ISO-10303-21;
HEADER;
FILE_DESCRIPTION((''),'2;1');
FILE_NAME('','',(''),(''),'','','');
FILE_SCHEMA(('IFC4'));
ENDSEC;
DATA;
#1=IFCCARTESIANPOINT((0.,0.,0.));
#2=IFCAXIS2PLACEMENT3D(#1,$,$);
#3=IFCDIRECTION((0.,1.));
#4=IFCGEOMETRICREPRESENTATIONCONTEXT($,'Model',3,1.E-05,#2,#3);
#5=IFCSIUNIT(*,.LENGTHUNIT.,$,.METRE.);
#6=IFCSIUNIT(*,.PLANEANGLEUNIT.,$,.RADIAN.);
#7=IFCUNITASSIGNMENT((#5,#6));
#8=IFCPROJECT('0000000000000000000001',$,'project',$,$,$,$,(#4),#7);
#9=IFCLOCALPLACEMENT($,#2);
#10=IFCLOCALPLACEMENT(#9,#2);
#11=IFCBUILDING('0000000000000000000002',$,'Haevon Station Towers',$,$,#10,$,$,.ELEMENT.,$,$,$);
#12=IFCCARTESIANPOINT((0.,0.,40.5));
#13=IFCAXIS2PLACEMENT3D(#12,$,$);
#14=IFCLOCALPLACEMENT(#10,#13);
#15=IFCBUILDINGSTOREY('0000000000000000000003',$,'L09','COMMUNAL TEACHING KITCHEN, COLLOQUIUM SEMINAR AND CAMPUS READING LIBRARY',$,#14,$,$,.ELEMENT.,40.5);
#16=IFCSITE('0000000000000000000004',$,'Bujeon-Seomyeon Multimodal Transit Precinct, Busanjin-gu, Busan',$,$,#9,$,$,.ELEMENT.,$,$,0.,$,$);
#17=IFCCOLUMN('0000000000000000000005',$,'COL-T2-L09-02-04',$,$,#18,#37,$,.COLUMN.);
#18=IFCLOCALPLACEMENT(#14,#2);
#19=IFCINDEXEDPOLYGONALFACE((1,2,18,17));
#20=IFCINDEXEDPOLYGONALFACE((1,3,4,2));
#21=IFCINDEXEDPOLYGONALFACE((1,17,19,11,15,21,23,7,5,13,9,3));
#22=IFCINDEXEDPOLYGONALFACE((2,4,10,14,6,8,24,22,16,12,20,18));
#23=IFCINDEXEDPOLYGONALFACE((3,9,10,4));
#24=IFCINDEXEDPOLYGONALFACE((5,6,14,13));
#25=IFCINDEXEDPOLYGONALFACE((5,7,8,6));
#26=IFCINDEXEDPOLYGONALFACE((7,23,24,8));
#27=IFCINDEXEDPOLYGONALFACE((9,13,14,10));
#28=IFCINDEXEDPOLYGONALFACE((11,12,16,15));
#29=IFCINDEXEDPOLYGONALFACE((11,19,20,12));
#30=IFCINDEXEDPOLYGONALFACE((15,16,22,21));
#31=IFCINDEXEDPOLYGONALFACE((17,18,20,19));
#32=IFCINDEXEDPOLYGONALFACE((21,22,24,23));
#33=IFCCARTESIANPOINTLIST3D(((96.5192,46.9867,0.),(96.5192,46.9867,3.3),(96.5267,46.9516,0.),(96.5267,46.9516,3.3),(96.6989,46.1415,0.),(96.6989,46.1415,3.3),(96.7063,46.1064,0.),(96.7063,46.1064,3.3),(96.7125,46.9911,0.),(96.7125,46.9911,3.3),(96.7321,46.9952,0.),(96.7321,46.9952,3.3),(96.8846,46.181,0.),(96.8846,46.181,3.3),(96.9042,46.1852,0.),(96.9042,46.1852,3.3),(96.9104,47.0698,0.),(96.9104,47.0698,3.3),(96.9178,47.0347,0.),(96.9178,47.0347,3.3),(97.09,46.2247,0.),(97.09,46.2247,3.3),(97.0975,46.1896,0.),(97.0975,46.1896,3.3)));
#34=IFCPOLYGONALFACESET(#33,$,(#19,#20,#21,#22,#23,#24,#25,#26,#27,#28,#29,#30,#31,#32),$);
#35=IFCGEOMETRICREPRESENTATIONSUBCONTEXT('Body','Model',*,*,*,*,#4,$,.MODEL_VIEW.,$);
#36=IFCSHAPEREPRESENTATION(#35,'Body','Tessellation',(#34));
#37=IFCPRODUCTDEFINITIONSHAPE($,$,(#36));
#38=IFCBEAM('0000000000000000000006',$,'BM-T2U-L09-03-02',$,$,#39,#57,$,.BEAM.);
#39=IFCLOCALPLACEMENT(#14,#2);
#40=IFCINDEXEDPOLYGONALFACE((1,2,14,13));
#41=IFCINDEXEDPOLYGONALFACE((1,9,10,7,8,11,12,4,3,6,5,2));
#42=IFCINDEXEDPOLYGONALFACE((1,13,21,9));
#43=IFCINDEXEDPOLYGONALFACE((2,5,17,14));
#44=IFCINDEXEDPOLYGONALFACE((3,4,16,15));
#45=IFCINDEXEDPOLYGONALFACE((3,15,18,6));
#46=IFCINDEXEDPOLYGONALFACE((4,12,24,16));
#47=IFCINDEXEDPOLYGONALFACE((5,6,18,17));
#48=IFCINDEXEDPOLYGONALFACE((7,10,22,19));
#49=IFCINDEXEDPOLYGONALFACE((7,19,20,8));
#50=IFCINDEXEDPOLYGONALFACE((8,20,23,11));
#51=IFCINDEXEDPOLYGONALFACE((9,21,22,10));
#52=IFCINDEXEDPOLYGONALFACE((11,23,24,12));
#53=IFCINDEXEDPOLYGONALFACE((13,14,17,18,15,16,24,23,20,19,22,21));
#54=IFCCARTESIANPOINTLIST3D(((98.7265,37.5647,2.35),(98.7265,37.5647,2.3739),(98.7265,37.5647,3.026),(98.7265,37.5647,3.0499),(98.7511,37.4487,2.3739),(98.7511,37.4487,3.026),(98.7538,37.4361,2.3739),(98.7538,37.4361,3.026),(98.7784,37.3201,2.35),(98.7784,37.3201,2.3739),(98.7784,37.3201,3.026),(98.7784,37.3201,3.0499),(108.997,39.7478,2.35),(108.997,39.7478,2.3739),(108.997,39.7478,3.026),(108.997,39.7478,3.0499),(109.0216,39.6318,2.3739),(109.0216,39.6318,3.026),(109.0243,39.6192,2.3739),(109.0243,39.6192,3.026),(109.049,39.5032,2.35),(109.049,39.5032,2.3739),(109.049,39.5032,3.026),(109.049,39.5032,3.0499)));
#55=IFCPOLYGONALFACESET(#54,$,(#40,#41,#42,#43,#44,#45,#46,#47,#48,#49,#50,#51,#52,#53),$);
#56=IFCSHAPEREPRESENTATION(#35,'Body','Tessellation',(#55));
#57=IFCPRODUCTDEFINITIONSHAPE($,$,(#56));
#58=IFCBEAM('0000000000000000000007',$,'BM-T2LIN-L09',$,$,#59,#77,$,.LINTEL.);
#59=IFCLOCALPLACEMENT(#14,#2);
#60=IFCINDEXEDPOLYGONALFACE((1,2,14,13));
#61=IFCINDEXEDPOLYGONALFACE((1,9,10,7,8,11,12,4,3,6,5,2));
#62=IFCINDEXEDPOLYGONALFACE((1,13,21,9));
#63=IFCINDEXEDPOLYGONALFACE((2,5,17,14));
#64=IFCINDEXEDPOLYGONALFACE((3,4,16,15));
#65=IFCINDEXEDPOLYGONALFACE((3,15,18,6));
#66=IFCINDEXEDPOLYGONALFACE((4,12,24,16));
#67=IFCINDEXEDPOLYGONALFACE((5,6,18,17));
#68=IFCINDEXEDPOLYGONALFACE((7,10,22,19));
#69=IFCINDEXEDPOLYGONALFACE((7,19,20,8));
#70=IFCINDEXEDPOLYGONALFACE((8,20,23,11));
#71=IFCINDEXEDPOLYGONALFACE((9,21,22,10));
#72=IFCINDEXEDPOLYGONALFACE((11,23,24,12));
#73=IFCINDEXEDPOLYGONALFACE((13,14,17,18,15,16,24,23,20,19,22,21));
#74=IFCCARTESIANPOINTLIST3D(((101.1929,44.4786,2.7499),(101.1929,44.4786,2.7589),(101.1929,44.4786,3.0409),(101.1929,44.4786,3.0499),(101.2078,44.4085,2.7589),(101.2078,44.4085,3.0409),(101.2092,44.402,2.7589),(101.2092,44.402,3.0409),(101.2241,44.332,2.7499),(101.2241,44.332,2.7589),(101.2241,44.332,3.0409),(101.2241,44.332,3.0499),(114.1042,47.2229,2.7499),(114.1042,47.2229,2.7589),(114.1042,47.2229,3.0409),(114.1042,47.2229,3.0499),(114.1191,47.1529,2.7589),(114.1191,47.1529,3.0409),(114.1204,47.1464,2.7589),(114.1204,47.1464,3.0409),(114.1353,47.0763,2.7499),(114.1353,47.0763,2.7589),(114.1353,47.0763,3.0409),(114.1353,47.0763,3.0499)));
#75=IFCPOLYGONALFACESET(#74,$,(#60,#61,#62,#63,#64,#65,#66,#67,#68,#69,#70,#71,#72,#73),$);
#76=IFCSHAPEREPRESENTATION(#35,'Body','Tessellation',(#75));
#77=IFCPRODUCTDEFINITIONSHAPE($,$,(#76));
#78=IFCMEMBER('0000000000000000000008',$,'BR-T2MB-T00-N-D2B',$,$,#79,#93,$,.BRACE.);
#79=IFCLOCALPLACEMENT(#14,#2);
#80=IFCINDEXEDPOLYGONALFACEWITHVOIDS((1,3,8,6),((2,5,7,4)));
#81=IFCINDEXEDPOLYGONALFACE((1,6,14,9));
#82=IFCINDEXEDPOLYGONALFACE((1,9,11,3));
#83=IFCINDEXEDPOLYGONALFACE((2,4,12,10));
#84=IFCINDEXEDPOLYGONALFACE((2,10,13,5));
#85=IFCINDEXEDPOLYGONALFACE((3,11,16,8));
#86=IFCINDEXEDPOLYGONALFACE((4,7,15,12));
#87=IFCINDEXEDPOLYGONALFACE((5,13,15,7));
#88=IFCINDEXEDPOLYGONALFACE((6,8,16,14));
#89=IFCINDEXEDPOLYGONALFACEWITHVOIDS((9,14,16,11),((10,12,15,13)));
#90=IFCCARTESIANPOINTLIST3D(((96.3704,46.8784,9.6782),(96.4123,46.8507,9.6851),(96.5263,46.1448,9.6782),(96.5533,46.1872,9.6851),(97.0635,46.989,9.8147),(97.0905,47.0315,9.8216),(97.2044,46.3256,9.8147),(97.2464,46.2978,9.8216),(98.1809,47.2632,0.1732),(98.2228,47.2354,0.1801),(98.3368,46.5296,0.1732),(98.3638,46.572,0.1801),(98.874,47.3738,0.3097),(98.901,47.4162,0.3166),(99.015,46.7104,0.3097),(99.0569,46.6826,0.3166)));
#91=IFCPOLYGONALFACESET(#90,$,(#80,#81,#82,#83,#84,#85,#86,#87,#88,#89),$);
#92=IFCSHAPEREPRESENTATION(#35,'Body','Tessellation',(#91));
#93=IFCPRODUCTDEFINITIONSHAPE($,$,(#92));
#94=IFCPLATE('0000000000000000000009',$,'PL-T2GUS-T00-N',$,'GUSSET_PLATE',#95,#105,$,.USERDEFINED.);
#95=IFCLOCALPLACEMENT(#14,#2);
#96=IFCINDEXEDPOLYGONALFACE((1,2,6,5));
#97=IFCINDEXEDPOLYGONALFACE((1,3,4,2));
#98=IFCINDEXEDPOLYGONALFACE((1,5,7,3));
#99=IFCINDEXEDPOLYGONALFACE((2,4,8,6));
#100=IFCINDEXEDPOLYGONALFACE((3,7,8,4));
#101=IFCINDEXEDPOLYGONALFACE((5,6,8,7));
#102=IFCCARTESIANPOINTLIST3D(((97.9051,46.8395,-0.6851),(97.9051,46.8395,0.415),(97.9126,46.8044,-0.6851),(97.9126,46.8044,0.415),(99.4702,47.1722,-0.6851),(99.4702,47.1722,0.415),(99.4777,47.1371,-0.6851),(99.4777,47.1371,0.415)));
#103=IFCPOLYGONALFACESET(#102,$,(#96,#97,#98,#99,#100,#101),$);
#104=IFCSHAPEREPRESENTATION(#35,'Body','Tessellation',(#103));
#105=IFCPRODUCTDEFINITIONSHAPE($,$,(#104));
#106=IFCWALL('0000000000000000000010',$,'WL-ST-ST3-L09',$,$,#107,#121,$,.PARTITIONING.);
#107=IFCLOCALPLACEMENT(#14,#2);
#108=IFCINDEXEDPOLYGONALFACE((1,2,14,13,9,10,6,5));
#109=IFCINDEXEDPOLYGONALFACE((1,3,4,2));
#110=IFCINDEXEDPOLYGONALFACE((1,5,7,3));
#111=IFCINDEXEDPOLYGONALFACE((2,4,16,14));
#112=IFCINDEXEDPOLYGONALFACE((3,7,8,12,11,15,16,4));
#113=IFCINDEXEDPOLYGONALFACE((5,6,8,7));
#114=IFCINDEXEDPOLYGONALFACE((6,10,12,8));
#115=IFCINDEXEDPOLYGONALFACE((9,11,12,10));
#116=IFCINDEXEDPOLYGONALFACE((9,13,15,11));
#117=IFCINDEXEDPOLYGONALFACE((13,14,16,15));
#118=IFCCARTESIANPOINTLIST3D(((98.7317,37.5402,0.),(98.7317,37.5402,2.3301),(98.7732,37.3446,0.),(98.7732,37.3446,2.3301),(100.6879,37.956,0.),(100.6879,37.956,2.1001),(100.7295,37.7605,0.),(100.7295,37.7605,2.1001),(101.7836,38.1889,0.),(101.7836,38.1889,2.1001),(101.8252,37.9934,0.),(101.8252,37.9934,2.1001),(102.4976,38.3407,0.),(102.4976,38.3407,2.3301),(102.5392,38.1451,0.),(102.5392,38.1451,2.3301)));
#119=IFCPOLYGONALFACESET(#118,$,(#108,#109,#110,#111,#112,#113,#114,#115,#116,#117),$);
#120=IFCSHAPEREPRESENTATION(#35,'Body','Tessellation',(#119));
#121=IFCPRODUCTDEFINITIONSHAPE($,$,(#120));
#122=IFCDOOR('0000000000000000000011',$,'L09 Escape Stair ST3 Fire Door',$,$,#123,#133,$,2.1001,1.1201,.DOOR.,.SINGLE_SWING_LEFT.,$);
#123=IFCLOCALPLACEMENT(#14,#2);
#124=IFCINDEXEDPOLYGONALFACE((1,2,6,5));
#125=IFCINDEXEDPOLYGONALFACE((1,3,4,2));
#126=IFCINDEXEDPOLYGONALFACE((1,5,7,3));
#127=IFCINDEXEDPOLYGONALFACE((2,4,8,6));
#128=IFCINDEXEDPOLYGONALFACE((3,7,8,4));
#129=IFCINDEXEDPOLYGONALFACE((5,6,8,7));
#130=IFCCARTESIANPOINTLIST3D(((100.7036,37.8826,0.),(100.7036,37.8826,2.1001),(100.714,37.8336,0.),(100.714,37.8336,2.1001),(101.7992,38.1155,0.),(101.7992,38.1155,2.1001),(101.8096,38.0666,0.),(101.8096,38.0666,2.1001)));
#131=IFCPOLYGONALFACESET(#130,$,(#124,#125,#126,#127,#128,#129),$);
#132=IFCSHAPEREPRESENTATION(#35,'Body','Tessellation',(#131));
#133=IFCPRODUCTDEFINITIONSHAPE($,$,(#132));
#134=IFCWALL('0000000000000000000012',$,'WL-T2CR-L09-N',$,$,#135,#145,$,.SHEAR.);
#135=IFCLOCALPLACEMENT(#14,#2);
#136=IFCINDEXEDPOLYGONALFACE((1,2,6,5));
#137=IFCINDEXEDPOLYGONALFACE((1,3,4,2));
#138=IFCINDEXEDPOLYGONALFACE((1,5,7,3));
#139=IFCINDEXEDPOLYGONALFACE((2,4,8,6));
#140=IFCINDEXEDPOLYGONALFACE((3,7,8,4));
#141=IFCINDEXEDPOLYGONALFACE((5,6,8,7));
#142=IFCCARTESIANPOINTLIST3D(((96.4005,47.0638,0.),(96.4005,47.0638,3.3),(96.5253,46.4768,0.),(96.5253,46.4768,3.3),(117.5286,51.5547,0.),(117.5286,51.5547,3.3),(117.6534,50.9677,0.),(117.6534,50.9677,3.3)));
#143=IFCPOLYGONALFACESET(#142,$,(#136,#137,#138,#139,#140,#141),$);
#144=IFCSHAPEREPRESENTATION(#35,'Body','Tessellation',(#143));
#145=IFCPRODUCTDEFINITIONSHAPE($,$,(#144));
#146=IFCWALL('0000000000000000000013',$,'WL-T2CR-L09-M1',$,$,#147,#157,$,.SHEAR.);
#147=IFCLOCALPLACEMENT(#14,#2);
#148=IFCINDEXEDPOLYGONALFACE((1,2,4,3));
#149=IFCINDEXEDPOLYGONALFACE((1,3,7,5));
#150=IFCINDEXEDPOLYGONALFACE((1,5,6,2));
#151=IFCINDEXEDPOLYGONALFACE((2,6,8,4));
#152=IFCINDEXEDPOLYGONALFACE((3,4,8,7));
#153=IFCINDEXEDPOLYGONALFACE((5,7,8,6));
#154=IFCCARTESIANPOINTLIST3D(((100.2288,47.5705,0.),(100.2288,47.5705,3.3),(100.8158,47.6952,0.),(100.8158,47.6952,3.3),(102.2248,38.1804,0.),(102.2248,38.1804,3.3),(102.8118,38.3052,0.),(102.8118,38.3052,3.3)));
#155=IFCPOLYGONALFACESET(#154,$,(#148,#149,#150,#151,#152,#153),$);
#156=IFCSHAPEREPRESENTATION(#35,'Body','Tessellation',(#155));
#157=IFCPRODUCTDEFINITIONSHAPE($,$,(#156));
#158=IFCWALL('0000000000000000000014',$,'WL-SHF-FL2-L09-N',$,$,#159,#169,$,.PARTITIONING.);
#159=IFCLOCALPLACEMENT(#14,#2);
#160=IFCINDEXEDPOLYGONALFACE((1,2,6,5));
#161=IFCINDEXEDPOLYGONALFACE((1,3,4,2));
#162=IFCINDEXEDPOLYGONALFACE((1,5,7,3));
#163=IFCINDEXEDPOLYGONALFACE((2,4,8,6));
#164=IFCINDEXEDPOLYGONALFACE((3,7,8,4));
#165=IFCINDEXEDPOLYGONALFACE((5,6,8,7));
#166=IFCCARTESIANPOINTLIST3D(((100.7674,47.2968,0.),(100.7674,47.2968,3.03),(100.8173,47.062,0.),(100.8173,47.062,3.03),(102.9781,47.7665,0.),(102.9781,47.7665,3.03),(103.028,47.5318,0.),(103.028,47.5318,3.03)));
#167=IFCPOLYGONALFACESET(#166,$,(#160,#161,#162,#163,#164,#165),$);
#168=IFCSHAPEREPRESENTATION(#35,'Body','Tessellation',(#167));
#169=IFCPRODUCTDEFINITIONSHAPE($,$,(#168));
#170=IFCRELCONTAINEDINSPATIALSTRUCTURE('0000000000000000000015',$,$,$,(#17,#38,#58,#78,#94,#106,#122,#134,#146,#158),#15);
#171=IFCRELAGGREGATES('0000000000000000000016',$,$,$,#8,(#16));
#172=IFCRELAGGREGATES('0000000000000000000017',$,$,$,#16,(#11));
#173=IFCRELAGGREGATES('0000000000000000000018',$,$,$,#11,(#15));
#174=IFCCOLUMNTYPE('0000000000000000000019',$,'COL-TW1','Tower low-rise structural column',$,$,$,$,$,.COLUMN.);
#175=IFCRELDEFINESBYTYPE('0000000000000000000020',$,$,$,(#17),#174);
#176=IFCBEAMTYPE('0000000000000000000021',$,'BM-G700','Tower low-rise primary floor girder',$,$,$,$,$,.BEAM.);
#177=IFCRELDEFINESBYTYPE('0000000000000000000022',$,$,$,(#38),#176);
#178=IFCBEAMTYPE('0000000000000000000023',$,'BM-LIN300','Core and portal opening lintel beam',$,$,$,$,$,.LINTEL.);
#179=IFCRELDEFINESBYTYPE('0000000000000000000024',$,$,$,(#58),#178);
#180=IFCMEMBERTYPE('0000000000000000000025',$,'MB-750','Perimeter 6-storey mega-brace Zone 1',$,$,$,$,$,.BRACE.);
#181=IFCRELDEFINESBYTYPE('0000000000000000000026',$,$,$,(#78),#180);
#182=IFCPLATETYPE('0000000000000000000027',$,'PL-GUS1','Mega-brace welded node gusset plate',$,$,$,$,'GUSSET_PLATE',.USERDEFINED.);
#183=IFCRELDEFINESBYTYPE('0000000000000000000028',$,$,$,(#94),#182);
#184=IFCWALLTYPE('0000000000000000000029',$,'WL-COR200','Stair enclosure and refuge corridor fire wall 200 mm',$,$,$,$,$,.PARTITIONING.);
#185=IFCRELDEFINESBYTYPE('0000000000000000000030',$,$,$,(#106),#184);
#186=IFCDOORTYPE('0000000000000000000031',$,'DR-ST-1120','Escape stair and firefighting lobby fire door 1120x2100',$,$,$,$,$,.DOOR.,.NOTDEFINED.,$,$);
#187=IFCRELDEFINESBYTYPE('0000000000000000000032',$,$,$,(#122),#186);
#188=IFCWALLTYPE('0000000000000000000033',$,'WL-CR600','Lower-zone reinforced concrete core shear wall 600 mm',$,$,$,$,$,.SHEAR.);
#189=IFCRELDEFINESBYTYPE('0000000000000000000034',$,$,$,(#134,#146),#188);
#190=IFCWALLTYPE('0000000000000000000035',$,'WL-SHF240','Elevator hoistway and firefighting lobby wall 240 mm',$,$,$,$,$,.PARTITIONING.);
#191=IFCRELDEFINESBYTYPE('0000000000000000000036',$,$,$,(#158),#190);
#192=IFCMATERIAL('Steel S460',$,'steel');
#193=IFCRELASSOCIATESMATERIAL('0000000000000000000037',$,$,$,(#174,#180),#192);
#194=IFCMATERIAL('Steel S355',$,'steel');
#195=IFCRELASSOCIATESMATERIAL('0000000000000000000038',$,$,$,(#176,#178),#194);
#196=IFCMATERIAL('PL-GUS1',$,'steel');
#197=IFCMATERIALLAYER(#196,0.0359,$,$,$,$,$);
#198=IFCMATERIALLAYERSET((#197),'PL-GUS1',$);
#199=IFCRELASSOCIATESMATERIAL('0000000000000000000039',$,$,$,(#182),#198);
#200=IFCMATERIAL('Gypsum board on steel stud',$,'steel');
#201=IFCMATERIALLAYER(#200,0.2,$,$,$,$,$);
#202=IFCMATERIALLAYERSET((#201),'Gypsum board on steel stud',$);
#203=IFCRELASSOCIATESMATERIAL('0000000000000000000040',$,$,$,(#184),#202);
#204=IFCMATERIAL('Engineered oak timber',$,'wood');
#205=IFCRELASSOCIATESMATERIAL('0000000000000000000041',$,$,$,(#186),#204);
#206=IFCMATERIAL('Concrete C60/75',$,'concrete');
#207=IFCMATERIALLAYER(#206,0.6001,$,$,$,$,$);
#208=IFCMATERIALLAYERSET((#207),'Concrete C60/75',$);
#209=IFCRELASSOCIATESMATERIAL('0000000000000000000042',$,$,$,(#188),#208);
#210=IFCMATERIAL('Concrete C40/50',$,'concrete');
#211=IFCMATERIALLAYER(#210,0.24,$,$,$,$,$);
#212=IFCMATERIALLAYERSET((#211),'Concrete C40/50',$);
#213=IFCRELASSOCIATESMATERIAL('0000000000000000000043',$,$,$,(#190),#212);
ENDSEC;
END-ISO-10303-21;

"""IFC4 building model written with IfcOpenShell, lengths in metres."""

from ifc_helpers import new_model, si_unit, direction, frame, frame_2d, origin, origin_2d, place, context, subcontext, project, spatial, rectangle, hollow_rectangle, i_section, extrude, material, layer, layer_set, material_profile, profile_set, type_object, element, fill, save


model = new_model("IFC4")

# Units and contexts
model_context = context("Model", 3, precision=1e-05, world=origin(), true_north=direction((0.0, 1.0)))
body_context = subcontext(model_context, "Body", "Model", "MODEL_VIEW")
ifc_project = project(units=[si_unit("LENGTHUNIT", "METRE"), si_unit("PLANEANGLEUNIT", "RADIAN")], contexts=[model_context])

# Site, building, storey
site_placement = place(None, origin())
site = spatial("IfcSite", under=ifc_project, at=site_placement, Name="Bujeon-Seomyeon Multimodal Transit Precinct, Busanjin-gu, Busan", CompositionType="ELEMENT", RefElevation=0.0)
building_placement = place(site_placement, origin())
building = spatial("IfcBuilding", under=site, at=building_placement, Name="Haevon Station Towers", CompositionType="ELEMENT")
storey_placement = place(building_placement, frame((0.0, 0.0, 40.5)))
storey = spatial("IfcBuildingStorey", under=building, at=storey_placement, Name="L09", Description="COMMUNAL TEACHING KITCHEN, COLLOQUIUM SEMINAR AND CAMPUS READING LIBRARY", CompositionType="ELEMENT", Elevation=40.5)

# Column
ifc_material_1 = material(Name="Steel S460", Category="steel")
ifc_material_profile_1 = material_profile(ifc_material_1, i_section(OverallWidth=0.3999, OverallDepth=0.8999, WebThickness=0.02, FlangeThickness=0.0359, at=origin_2d()), Name="H-900x400x20x36")
ifc_profile_set_1 = profile_set([ifc_material_profile_1], Name="Steel S460")
column_type = type_object("IfcColumnType", Name="COL-TW1", Description="Tower low-rise structural column", PredefinedType="COLUMN", material=ifc_profile_set_1)
column_placement = place(storey_placement, frame((96.8083, 46.5881, 0.0), z_axis=(0.0, 0.0, 1.0), x_axis=(0.978148, 0.207912, 0.0)))
element("IfcColumn", 1, at=column_placement, inside=storey, type_object=column_type, Name="COL-T2-L09-02-04", PredefinedType="COLUMN", context=body_context, shape_type="SweptSolid", body=[
    extrude(i_section(OverallWidth=0.3999, OverallDepth=0.8999, WebThickness=0.02, FlangeThickness=0.0359, at=origin_2d()), origin(), (0.0, 0.0, 1.0), 3.3),
])

# Beams
ifc_material_2 = material(Name="Steel S355", Category="steel")
ifc_material_profile_2 = material_profile(ifc_material_2, i_section(OverallWidth=0.25, OverallDepth=0.7, WebThickness=0.0129, FlangeThickness=0.0239, at=origin_2d()), Name="H-700x250x13x24")
ifc_profile_set_2 = profile_set([ifc_material_profile_2], Name="Steel S355")
beam_type_1 = type_object("IfcBeamType", Name="BM-G700", Description="Tower low-rise primary floor girder", PredefinedType="BEAM", material=ifc_profile_set_2)
beam_1_placement = place(storey_placement, frame((98.7524, 37.4424, 2.7), z_axis=(0.978147, 0.207915, 0.0), x_axis=(-0.207915, 0.978147, 0.0)))
element("IfcBeam", 2, at=beam_1_placement, inside=storey, type_object=beam_type_1, Name="BM-T2U-L09-03-02", PredefinedType="BEAM", context=body_context, shape_type="SweptSolid", body=[
    extrude(i_section(OverallWidth=0.25, OverallDepth=0.7, WebThickness=0.0129, FlangeThickness=0.0239, at=origin_2d()), origin(), (0.0, 0.0, 1.0), 10.5),
])
ifc_material_profile_3 = material_profile(ifc_material_2, i_section(OverallWidth=0.1499, OverallDepth=0.3, WebThickness=0.0066, FlangeThickness=0.009, at=origin_2d()), Name="H-300x150x6.5x9")
ifc_profile_set_3 = profile_set([ifc_material_profile_3], Name="Steel S355")
beam_type_2 = type_object("IfcBeamType", Name="BM-LIN300", Description="Core and portal opening lintel beam", PredefinedType="LINTEL", material=ifc_profile_set_3)
beam_2_placement = place(storey_placement, frame((101.2085, 44.4053, 2.8999), z_axis=(0.978148, 0.207911, 0.0), x_axis=(-0.207911, 0.978148, 0.0)))
element("IfcBeam", 3, at=beam_2_placement, inside=storey, type_object=beam_type_2, Name="BM-T2LIN-L09", PredefinedType="LINTEL", context=body_context, shape_type="SweptSolid", body=[
    extrude(i_section(OverallWidth=0.1499, OverallDepth=0.3, WebThickness=0.0066, FlangeThickness=0.009, at=origin_2d()), origin(), (0.0, 0.0, 1.0), 13.1997),
])

# Member
ifc_material_profile_4 = material_profile(ifc_material_1, hollow_rectangle(XDim=0.75, YDim=0.75, WallThickness=0.0359, at=origin_2d()), Name="RHS-750x750x36")
ifc_profile_set_4 = profile_set([ifc_material_profile_4], Name="Steel S460")
member_type = type_object("IfcMemberType", Name="MB-750", Description="Perimeter 6-storey mega-brace Zone 1", PredefinedType="BRACE", material=ifc_profile_set_4)
member_placement = place(storey_placement, frame((98.6189, 46.9729, 0.2449), z_axis=(-0.186969, -0.039733, 0.981562), x_axis=(0.207871, -0.978156, 0.0)))
element("IfcMember", 4, at=member_placement, inside=storey, type_object=member_type, Name="BR-T2MB-T00-N-D2B", PredefinedType="BRACE", context=body_context, shape_type="SweptSolid", body=[
    extrude(hollow_rectangle(XDim=0.75, YDim=0.75, WallThickness=0.0359, at=origin_2d()), origin(), (0.0, 0.0, 1.0), 9.6836),
])

# Plate
ifc_material_3 = material(Name="PL-GUS1", Category="steel")
ifc_layer_1 = layer(ifc_material_3, 0.0359)
ifc_layer_set_1 = layer_set([ifc_layer_1], Name="PL-GUS1")
plate_type = type_object("IfcPlateType", Name="PL-GUS1", Description="Mega-brace welded node gusset plate", ElementType="GUSSET_PLATE", PredefinedType="USERDEFINED", material=ifc_layer_set_1)
plate_placement = place(storey_placement, frame((98.6914, 46.9883, -0.6851), z_axis=(0.0, 0.0, 1.0), x_axis=(0.978148, 0.207912, 0.0)))
element("IfcPlate", 5, at=plate_placement, inside=storey, type_object=plate_type, Name="PL-T2GUS-T00-N", ObjectType="GUSSET_PLATE", PredefinedType="USERDEFINED", context=body_context, shape_type="SweptSolid", body=[
    extrude(rectangle(XDim=1.6001, YDim=0.0359, at=origin_2d()), origin(), (0.0, 0.0, 1.0), 1.1001),
])

# Wall, opening, door
ifc_material_4 = material(Name="Gypsum board on steel stud", Category="steel")
ifc_layer_2 = layer(ifc_material_4, 0.2)
ifc_layer_set_2 = layer_set([ifc_layer_2], Name="Gypsum board on steel stud")
wall_type_1 = type_object("IfcWallType", Name="WL-COR200", Description="Stair enclosure and refuge corridor fire wall 200 mm", PredefinedType="PARTITIONING", material=ifc_layer_set_2)
wall_1_placement = place(storey_placement, frame((98.7524, 37.4424, 0.0), z_axis=(0.0, 0.0, 1.0), x_axis=(0.978144, 0.207931, 0.0)))
wall_1 = element("IfcWall", 6, at=wall_1_placement, inside=storey, type_object=wall_type_1, Name="WL-ST-ST3-L09", PredefinedType="PARTITIONING", context=body_context, shape_type="SweptSolid", body=[
    extrude(rectangle(XDim=3.8501, YDim=0.2, at=frame_2d((1.925, 0.0))), origin(), (0.0, 0.0, 1.0), 2.3301),
])
opening_1_placement = place(wall_1_placement, frame((2.0, 0.0, 0.0)))
opening_1 = element("IfcOpeningElement", 7, at=opening_1_placement, cuts=wall_1, PredefinedType="OPENING", context=body_context, shape_type="SweptSolid", body=[
    extrude(rectangle(XDim=1.1201, YDim=2.1001, at=frame_2d((0.5601, 1.05))), frame((0.0, 0.1099, 0.0), z_axis=(0.0, -1.0, 0.0), x_axis=(1.0, 0.0, 0.0)), (0.0, 0.0, 1.0), 0.22),
])
ifc_material_5 = material(Name="Engineered oak timber", Category="wood")
door_type_1 = type_object("IfcDoorType", Name="DR-ST-1120", Description="Escape stair and firefighting lobby fire door 1120x2100", OperationType="NOTDEFINED", PredefinedType="DOOR", material=ifc_material_5)
door_1_placement = place(opening_1_placement, origin())
door_1 = element("IfcDoor", 8, at=door_1_placement, inside=storey, type_object=door_type_1, Name="L09 Escape Stair ST3 Fire Door", OperationType="SINGLE_SWING_LEFT", OverallHeight=2.1001, OverallWidth=1.1201, PredefinedType="DOOR", context=body_context, shape_type="SweptSolid", body=[
    extrude(rectangle(XDim=1.1201, YDim=2.1001, at=frame_2d((0.5601, 1.05))), frame((0.0, 0.0249, 0.0), z_axis=(0.0, -1.0, 0.0), x_axis=(1.0, 0.0, 0.0)), (0.0, 0.0, 1.0), 0.05),
])
fill(opening_1, door_1)

# Walls
ifc_material_6 = material(Name="Concrete C60/75", Category="concrete")
ifc_layer_3 = layer(ifc_material_6, 0.6001)
ifc_layer_set_3 = layer_set([ifc_layer_3], Name="Concrete C60/75")
wall_type_2 = type_object("IfcWallType", Name="WL-CR600", Description="Lower-zone reinforced concrete core shear wall 600 mm", PredefinedType="SHEAR", material=ifc_layer_set_3)
wall_2_placement = place(storey_placement, frame((96.4629, 46.7703, 0.0), z_axis=(0.0, 0.0, 1.0), x_axis=(0.978147, 0.207913, 0.0)))
element("IfcWall", 9, at=wall_2_placement, inside=storey, type_object=wall_type_2, Name="WL-T2CR-L09-N", PredefinedType="SHEAR", context=body_context, shape_type="SweptSolid", body=[
    extrude(rectangle(XDim=21.6001, YDim=0.6001, at=frame_2d((10.8, 0.0))), origin(), (0.0, 0.0, 1.0), 3.3),
])
wall_3_placement = place(storey_placement, frame((102.5183, 38.2429, 0.0), z_axis=(0.0, 0.0, 1.0), x_axis=(-0.207927, 0.978144, 0.0)))
element("IfcWall", 10, at=wall_3_placement, inside=storey, type_object=wall_type_2, Name="WL-T2CR-L09-M1", PredefinedType="SHEAR", context=body_context, shape_type="SweptSolid", body=[
    extrude(rectangle(XDim=9.5999, YDim=0.6001, at=frame_2d((4.7998, 0.0))), origin(), (0.0, 0.0, 1.0), 3.3),
])

# Shared definitions
ifc_material_7 = material(Name="Concrete C40/50", Category="concrete")
ifc_layer_4 = layer(ifc_material_7, 0.24)
ifc_layer_set_4 = layer_set([ifc_layer_4], Name="Concrete C40/50")
wall_type_3 = type_object("IfcWallType", Name="WL-SHF240", Description="Elevator hoistway and firefighting lobby wall 240 mm", PredefinedType="PARTITIONING", material=ifc_layer_set_4)

# Wall
wall_4_placement = place(storey_placement, frame((100.7925, 47.1794, 0.0), z_axis=(0.0, 0.0, 1.0), x_axis=(0.978163, 0.207839, 0.0)))
element("IfcWall", 11, at=wall_4_placement, inside=storey, type_object=wall_type_3, Name="WL-SHF-FL2-L09-N", PredefinedType="PARTITIONING", context=body_context, shape_type="SweptSolid", body=[
    extrude(rectangle(XDim=2.26, YDim=0.24, at=frame_2d((1.1299, 0.0))), origin(), (0.0, 0.0, 1.0), 3.03),
])

save(model, "model.ifc")
